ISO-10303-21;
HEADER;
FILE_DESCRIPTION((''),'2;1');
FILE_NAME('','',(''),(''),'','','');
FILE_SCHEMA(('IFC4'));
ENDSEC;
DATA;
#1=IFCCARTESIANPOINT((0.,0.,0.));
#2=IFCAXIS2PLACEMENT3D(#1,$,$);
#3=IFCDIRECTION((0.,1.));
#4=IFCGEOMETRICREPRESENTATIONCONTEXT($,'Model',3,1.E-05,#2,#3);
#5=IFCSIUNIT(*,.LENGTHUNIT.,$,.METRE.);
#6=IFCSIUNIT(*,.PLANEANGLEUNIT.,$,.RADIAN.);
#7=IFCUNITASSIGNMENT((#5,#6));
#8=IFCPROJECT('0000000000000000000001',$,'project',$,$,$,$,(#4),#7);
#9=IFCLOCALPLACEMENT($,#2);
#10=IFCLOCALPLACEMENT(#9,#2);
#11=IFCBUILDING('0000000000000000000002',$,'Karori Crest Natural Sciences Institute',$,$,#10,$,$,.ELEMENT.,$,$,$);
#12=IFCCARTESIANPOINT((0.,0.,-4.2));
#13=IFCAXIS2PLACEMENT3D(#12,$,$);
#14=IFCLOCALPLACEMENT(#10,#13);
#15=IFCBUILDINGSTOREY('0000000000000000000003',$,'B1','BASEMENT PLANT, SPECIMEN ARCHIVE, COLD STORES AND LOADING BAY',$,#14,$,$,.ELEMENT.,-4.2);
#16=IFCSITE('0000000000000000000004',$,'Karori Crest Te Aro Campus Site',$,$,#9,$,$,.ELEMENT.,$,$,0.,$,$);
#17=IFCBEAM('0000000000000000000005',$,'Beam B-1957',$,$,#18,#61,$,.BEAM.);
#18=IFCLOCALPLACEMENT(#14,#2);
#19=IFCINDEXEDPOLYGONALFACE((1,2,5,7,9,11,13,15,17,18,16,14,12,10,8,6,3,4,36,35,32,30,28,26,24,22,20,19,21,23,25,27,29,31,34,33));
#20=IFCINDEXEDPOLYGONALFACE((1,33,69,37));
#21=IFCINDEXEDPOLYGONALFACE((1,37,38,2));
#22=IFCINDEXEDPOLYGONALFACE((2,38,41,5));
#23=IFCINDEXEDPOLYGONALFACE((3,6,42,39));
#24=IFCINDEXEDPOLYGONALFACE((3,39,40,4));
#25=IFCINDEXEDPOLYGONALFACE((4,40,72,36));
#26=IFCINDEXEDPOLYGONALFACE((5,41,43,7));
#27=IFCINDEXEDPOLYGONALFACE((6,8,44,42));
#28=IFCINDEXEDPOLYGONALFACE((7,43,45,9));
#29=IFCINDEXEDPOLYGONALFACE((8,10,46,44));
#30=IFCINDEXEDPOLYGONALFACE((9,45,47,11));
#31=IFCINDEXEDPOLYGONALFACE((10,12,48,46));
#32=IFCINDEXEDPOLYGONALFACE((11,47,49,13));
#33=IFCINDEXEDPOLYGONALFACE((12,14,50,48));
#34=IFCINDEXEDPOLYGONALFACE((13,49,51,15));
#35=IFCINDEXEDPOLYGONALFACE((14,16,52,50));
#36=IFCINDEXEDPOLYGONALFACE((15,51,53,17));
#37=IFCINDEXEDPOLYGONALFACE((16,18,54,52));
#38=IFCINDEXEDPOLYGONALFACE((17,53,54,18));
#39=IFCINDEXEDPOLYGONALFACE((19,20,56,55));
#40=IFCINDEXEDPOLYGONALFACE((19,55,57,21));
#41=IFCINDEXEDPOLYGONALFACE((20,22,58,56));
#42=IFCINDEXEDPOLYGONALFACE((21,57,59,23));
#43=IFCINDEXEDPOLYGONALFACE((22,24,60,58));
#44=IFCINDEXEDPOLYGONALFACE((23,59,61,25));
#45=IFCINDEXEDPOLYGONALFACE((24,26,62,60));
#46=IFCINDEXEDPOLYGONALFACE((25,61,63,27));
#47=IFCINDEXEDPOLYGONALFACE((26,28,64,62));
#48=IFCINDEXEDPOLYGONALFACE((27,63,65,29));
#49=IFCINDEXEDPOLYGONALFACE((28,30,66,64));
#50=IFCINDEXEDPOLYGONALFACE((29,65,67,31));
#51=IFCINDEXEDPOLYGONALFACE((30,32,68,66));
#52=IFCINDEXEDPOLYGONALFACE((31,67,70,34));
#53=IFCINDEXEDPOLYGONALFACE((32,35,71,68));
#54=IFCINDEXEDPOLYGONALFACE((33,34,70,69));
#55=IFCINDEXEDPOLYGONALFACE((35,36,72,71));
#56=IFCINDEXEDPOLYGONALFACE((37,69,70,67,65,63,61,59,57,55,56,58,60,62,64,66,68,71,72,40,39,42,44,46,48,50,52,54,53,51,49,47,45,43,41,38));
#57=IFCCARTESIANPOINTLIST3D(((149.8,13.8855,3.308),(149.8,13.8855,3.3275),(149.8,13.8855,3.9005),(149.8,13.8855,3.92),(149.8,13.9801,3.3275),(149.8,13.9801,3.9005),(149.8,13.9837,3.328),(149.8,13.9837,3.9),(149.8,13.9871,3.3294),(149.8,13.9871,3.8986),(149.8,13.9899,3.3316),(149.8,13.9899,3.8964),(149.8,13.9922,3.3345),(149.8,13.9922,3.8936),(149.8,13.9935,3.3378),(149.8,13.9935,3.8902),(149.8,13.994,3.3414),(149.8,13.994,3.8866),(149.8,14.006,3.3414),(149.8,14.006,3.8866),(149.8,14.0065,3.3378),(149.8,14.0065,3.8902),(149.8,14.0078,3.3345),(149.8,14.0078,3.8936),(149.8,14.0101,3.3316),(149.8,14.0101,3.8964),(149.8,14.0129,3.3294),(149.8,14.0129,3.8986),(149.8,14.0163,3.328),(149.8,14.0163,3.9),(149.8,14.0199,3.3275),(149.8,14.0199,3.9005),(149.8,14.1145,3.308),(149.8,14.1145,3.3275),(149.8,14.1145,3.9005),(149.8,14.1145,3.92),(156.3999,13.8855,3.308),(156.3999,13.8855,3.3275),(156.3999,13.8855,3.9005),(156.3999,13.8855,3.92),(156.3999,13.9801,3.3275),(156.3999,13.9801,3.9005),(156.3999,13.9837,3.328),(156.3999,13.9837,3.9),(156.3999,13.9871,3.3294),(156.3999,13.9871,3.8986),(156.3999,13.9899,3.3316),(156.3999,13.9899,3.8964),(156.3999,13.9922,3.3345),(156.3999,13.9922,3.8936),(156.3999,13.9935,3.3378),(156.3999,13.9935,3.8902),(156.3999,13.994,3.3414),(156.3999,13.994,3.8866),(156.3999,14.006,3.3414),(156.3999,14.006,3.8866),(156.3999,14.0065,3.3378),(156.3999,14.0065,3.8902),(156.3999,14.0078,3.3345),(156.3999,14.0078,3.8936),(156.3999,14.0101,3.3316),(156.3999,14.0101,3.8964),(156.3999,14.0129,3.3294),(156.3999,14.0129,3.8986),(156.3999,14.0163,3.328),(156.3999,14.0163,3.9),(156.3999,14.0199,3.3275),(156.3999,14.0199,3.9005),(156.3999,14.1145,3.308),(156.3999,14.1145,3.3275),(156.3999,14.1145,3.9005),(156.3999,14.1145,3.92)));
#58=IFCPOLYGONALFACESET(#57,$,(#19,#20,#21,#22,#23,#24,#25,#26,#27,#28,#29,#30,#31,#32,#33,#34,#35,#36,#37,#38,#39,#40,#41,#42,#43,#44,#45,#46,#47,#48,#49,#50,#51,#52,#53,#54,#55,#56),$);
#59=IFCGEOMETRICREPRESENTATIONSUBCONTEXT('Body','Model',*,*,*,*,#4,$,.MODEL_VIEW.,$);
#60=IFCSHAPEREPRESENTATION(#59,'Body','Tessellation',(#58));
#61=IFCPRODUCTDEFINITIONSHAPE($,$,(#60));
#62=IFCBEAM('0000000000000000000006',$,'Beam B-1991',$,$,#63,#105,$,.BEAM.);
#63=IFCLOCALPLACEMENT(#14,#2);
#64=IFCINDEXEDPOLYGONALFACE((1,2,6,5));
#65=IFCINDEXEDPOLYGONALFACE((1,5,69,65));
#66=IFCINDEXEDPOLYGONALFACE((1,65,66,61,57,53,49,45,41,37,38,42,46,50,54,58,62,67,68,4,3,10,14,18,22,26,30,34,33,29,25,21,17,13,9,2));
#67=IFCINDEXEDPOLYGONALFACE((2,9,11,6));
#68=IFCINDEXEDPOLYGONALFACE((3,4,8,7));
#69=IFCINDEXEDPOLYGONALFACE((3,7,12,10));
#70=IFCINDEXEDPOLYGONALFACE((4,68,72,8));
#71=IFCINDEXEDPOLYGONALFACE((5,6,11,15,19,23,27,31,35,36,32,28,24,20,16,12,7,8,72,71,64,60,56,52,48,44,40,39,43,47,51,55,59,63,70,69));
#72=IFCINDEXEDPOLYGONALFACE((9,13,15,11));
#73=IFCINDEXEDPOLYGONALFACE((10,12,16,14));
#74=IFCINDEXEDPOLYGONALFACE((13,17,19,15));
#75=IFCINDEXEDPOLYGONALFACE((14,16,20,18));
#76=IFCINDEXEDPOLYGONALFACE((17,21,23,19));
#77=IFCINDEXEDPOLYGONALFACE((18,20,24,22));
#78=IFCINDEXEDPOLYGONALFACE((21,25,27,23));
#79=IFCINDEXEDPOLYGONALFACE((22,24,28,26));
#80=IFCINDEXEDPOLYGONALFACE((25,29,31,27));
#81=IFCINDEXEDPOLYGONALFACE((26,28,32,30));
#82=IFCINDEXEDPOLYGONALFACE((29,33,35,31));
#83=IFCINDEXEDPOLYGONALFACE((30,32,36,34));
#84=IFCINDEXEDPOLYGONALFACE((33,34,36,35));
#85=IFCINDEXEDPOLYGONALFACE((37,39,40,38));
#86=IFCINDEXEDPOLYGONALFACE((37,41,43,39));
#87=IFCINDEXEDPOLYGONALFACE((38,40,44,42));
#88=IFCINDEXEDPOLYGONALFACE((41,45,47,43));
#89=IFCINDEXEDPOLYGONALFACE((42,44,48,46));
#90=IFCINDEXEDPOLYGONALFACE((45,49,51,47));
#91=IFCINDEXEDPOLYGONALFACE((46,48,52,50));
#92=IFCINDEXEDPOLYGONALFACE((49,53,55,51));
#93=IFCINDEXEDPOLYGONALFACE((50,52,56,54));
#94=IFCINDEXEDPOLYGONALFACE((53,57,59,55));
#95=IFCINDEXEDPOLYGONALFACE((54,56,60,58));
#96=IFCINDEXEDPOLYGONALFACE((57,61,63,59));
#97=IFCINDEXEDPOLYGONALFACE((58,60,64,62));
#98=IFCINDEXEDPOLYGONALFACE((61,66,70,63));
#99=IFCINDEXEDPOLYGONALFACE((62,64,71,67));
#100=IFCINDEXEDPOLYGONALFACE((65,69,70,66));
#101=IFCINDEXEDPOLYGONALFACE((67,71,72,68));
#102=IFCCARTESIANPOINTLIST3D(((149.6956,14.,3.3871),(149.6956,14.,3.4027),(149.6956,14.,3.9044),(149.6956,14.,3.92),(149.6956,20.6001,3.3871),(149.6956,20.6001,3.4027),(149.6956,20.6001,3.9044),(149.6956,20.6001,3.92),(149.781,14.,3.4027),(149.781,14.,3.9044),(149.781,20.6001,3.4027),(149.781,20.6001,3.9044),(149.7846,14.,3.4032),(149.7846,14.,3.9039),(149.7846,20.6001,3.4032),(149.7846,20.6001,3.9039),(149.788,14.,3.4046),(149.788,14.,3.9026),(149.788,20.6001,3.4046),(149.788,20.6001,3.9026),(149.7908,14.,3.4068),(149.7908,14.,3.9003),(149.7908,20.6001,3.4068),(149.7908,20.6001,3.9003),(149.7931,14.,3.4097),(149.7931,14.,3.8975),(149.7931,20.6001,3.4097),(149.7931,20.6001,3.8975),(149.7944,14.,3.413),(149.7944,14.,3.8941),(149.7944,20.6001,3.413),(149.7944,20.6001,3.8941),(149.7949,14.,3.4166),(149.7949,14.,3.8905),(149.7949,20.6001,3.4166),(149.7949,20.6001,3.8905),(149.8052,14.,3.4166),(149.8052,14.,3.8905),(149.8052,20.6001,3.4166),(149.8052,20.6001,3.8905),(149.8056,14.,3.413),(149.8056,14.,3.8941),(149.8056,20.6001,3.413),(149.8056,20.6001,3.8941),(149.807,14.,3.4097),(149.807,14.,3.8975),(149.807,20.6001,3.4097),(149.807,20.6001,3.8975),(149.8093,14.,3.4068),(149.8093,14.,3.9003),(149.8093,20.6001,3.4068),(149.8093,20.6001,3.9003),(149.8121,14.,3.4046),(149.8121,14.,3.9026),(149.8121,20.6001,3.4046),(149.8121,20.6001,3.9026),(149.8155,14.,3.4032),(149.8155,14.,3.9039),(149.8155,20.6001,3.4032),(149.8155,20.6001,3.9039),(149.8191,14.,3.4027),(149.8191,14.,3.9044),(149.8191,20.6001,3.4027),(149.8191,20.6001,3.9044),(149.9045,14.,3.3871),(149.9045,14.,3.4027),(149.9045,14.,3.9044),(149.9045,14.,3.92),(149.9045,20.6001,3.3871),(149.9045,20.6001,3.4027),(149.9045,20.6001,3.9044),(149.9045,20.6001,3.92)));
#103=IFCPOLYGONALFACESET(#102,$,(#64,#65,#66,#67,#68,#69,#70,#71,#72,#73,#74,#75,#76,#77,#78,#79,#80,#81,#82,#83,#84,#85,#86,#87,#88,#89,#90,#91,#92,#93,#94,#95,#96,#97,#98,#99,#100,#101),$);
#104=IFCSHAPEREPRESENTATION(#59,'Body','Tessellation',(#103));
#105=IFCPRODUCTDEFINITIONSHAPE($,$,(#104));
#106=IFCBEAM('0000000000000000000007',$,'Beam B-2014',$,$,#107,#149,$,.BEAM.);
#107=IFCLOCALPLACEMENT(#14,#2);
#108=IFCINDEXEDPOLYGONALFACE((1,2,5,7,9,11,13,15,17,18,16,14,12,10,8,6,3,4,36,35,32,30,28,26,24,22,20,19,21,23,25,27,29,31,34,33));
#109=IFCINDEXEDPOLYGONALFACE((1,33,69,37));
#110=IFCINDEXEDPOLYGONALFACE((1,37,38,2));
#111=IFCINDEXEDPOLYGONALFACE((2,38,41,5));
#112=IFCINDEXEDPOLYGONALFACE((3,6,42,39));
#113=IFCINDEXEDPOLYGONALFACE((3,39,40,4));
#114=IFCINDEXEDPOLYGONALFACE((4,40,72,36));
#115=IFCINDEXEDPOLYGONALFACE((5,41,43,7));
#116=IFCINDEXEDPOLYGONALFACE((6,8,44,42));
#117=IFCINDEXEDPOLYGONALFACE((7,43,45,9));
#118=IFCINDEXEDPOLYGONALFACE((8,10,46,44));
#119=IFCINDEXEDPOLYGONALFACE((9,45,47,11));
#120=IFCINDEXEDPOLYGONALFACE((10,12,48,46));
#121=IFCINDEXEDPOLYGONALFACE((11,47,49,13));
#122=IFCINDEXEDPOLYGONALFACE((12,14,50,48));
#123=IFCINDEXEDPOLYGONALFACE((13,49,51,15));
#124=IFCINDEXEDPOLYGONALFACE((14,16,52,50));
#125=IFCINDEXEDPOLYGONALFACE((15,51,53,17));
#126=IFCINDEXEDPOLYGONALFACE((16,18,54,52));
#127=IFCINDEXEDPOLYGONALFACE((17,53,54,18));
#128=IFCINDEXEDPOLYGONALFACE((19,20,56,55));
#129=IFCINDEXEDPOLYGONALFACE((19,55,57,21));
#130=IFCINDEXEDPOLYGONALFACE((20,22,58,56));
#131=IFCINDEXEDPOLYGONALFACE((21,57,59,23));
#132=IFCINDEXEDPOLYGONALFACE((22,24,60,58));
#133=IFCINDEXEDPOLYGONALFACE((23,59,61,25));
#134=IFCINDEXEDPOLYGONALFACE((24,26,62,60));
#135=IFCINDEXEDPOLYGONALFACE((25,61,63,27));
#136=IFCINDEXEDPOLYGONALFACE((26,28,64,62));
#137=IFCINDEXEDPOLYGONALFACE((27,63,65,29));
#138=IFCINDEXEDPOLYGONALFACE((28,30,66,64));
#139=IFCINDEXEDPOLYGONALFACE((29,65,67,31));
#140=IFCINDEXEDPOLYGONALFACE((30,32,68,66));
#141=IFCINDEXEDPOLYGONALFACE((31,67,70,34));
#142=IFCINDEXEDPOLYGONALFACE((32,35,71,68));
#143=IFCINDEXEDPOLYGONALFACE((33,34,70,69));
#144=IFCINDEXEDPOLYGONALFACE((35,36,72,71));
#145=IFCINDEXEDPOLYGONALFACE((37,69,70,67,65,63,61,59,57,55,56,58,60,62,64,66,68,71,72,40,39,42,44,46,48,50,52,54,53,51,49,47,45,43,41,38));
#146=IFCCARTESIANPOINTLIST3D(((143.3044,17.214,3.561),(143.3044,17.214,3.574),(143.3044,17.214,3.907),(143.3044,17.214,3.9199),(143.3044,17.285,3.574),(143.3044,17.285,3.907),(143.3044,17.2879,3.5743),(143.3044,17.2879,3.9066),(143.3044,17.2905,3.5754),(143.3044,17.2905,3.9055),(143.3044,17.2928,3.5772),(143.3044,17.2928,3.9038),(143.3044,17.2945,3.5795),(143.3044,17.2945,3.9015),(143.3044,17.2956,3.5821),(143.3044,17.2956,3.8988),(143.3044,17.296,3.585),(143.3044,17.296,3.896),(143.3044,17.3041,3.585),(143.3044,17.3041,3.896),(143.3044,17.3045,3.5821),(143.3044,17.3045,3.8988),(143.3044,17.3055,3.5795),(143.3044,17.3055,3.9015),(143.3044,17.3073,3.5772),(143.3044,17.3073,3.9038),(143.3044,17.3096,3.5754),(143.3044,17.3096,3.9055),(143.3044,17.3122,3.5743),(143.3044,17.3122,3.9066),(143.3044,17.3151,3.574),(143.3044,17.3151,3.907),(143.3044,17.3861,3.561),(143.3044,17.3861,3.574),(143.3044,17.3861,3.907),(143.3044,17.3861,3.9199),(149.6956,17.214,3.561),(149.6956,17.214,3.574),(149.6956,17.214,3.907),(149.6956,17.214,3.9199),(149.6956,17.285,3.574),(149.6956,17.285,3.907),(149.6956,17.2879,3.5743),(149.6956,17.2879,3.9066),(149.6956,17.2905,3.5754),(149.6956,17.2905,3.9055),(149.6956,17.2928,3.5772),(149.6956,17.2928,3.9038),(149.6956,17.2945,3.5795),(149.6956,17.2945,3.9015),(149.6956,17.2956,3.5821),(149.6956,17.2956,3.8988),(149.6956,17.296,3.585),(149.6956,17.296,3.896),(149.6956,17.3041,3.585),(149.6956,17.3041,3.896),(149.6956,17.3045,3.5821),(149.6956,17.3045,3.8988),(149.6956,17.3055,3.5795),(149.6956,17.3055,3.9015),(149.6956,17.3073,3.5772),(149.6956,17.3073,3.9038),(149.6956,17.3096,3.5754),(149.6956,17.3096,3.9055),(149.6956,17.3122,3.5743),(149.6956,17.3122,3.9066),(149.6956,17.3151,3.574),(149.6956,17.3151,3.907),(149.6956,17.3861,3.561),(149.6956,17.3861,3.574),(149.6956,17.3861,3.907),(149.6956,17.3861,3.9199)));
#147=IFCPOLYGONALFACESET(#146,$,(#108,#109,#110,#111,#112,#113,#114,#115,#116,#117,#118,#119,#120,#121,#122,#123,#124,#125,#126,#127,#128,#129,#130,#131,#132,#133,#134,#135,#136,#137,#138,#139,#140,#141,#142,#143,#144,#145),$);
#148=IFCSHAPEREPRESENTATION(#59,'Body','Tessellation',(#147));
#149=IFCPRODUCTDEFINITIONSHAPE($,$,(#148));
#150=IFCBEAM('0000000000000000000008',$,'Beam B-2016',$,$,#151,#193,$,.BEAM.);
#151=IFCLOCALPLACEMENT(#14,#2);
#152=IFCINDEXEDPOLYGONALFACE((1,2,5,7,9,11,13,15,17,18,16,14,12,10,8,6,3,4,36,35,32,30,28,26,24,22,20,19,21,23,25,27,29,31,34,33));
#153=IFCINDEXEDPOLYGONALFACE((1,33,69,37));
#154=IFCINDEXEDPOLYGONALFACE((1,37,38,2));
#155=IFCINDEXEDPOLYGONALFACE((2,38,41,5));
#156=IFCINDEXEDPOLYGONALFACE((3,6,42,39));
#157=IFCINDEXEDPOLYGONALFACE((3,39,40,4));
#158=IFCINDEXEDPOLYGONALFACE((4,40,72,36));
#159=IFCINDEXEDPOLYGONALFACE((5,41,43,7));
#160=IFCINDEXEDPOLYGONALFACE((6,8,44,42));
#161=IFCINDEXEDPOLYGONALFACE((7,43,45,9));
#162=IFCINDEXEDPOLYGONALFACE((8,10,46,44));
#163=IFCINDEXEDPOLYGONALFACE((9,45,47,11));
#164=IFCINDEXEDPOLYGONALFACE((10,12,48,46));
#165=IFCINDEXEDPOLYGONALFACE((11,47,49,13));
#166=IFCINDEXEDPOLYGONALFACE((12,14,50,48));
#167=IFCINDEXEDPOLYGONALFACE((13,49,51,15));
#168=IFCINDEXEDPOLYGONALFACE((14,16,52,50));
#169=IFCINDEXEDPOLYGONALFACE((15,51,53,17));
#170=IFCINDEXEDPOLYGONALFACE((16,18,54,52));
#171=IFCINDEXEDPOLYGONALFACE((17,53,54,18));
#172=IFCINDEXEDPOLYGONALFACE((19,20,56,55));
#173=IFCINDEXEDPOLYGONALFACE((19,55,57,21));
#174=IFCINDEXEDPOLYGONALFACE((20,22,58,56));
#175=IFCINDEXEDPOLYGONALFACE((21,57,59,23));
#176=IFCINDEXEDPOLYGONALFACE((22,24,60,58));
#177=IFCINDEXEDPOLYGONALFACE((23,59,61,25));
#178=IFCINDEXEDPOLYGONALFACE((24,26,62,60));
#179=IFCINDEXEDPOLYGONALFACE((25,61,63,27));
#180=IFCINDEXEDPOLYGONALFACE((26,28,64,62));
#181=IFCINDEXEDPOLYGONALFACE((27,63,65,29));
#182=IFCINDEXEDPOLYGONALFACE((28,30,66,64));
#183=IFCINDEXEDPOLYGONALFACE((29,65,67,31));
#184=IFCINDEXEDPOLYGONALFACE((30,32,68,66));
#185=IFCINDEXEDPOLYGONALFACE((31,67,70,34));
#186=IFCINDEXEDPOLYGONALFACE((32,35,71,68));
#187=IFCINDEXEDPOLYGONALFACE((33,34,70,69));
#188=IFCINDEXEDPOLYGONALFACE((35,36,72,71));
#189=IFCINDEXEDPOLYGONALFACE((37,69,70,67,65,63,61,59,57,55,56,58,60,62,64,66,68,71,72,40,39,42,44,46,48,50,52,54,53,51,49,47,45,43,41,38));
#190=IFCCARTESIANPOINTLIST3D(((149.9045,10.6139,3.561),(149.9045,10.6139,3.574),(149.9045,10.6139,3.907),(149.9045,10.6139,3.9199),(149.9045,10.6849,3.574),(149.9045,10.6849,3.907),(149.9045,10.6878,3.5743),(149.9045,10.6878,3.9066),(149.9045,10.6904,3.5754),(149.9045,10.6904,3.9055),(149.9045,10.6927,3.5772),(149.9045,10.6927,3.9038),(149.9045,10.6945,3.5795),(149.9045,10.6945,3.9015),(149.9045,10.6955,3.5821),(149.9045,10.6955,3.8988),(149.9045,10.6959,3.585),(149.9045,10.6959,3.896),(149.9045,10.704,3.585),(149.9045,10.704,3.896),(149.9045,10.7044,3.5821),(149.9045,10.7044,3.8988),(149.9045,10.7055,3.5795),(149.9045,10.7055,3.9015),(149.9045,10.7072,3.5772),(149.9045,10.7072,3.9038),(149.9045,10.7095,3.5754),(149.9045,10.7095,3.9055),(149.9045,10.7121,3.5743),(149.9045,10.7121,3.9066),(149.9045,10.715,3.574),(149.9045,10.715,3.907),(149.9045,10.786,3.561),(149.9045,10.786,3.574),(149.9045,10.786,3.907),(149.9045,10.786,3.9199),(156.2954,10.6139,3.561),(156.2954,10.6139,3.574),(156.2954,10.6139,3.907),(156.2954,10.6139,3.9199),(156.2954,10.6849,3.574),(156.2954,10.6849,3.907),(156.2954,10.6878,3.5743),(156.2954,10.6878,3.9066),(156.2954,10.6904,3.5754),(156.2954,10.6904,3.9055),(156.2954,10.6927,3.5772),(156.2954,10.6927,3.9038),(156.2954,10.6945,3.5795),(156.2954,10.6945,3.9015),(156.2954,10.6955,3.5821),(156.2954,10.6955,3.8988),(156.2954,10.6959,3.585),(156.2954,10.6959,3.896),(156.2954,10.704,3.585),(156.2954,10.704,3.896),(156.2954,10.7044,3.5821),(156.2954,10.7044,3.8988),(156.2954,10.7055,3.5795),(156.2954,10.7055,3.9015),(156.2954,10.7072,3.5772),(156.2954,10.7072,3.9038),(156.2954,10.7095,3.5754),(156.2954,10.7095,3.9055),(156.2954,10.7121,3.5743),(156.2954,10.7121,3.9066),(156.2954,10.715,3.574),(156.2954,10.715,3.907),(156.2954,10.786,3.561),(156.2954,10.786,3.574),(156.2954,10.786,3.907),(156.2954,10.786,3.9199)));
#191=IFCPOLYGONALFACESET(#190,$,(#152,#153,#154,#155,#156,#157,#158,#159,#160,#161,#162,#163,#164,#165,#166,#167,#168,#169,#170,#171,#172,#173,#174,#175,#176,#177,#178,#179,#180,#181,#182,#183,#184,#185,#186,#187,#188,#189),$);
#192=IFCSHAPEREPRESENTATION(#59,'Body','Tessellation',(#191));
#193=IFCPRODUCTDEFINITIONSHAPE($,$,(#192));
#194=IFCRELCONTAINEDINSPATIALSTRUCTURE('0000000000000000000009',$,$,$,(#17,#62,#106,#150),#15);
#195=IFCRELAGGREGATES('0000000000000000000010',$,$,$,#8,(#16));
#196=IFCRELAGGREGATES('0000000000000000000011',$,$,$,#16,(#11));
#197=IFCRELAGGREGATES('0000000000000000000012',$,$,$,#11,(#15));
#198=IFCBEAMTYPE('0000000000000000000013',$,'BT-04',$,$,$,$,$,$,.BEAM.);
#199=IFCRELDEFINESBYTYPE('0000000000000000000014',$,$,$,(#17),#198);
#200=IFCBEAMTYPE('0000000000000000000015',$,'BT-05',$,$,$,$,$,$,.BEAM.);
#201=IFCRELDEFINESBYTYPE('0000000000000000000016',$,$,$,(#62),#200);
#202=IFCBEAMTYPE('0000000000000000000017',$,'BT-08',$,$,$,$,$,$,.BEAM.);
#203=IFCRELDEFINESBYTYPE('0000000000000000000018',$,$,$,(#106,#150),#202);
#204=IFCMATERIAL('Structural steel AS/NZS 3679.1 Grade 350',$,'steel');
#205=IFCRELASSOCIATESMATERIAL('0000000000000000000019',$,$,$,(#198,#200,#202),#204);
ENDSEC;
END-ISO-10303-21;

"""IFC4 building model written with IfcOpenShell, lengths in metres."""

from ifc_helpers import new_model, si_unit, direction, frame, origin, origin_2d, place, context, subcontext, project, spatial, i_section, extrude, material, material_profile, profile_set, type_object, element, save


model = new_model("IFC4")

# Units and contexts
model_context = context("Model", 3, precision=1e-05, world=origin(), true_north=direction((0.0, 1.0)))
body_context = subcontext(model_context, "Body", "Model", "MODEL_VIEW")
ifc_project = project(units=[si_unit("LENGTHUNIT", "METRE"), si_unit("PLANEANGLEUNIT", "RADIAN")], contexts=[model_context])

# Site, building, storey
site_placement = place(None, origin())
site = spatial("IfcSite", under=ifc_project, at=site_placement, Name="Karori Crest Te Aro Campus Site", CompositionType="ELEMENT", RefElevation=0.0)
building_placement = place(site_placement, origin())
building = spatial("IfcBuilding", under=site, at=building_placement, Name="Karori Crest Natural Sciences Institute", CompositionType="ELEMENT")
storey_placement = place(building_placement, frame((0.0, 0.0, -4.2)))
storey = spatial("IfcBuildingStorey", under=building, at=storey_placement, Name="B1", Description="BASEMENT PLANT, SPECIMEN ARCHIVE, COLD STORES AND LOADING BAY", CompositionType="ELEMENT", Elevation=-4.2)

# Shared definitions
ifc_material_1 = material(Name="Structural steel AS/NZS 3679.1 Grade 350", Category="steel")

# Beams
ifc_material_profile_1 = material_profile(ifc_material_1, i_section(OverallWidth=0.229, OverallDepth=0.6121, WebThickness=0.012, FlangeThickness=0.0195, FilletRadius=0.0139, at=origin_2d()), Name="610UB125")
ifc_profile_set_1 = profile_set([ifc_material_profile_1], Name="Structural steel AS/NZS 3679.1 Grade 350")
beam_type_1 = type_object("IfcBeamType", Name="BT-04", PredefinedType="BEAM", material=ifc_profile_set_1)
beam_1_placement = place(storey_placement, frame((149.8, 14.0, 3.614), z_axis=(1.0, 0.0, 0.0), x_axis=(0.0, 1.0, 0.0)))
element("IfcBeam", 1, at=beam_1_placement, inside=storey, type_object=beam_type_1, Name="Beam B-1957", PredefinedType="BEAM", context=body_context, shape_type="SweptSolid", body=[
    extrude(i_section(OverallWidth=0.229, OverallDepth=0.6121, WebThickness=0.012, FlangeThickness=0.0195, FilletRadius=0.0139, at=origin_2d()), origin(), (0.0, 0.0, 1.0), 6.5999),
])
ifc_material_profile_2 = material_profile(ifc_material_1, i_section(OverallWidth=0.209, OverallDepth=0.533, WebThickness=0.0103, FlangeThickness=0.0156, FilletRadius=0.0139, at=origin_2d()), Name="530UB92.4")
ifc_profile_set_2 = profile_set([ifc_material_profile_2], Name="Structural steel AS/NZS 3679.1 Grade 350")
beam_type_2 = type_object("IfcBeamType", Name="BT-05", PredefinedType="BEAM", material=ifc_profile_set_2)
beam_2_placement = place(storey_placement, frame((149.8, 14.0, 3.6536), z_axis=(0.0, 1.0, 0.0), x_axis=(-1.0, 0.0, 0.0)))
element("IfcBeam", 2, at=beam_2_placement, inside=storey, type_object=beam_type_2, Name="Beam B-1991", PredefinedType="BEAM", context=body_context, shape_type="SweptSolid", body=[
    extrude(i_section(OverallWidth=0.209, OverallDepth=0.533, WebThickness=0.0103, FlangeThickness=0.0156, FilletRadius=0.0139, at=origin_2d()), origin(), (0.0, 0.0, 1.0), 6.6001),
])
ifc_material_profile_3 = material_profile(ifc_material_1, i_section(OverallWidth=0.1721, OverallDepth=0.3589, WebThickness=0.0081, FlangeThickness=0.0129, FilletRadius=0.011, at=origin_2d()), Name="360UB56.7")
ifc_profile_set_3 = profile_set([ifc_material_profile_3], Name="Structural steel AS/NZS 3679.1 Grade 350")
beam_type_3 = type_object("IfcBeamType", Name="BT-08", PredefinedType="BEAM", material=ifc_profile_set_3)
beam_3_placement = place(storey_placement, frame((143.3044, 17.3, 3.7405), z_axis=(1.0, 0.0, 0.0), x_axis=(0.0, 1.0, 0.0)))
element("IfcBeam", 3, at=beam_3_placement, inside=storey, type_object=beam_type_3, Name="Beam B-2014", PredefinedType="BEAM", context=body_context, shape_type="SweptSolid", body=[
    extrude(i_section(OverallWidth=0.1721, OverallDepth=0.3589, WebThickness=0.0081, FlangeThickness=0.0129, FilletRadius=0.011, at=origin_2d()), origin(), (0.0, 0.0, 1.0), 6.3911),
])
beam_4_placement = place(storey_placement, frame((149.9045, 10.7, 3.7405), z_axis=(1.0, 0.0, 0.0), x_axis=(0.0, 1.0, 0.0)))
element("IfcBeam", 4, at=beam_4_placement, inside=storey, type_object=beam_type_3, Name="Beam B-2016", PredefinedType="BEAM", context=body_context, shape_type="SweptSolid", body=[
    extrude(i_section(OverallWidth=0.1721, OverallDepth=0.3589, WebThickness=0.0081, FlangeThickness=0.0129, FilletRadius=0.011, at=origin_2d()), origin(), (0.0, 0.0, 1.0), 6.3909),
])

save(model, "model.ifc")
